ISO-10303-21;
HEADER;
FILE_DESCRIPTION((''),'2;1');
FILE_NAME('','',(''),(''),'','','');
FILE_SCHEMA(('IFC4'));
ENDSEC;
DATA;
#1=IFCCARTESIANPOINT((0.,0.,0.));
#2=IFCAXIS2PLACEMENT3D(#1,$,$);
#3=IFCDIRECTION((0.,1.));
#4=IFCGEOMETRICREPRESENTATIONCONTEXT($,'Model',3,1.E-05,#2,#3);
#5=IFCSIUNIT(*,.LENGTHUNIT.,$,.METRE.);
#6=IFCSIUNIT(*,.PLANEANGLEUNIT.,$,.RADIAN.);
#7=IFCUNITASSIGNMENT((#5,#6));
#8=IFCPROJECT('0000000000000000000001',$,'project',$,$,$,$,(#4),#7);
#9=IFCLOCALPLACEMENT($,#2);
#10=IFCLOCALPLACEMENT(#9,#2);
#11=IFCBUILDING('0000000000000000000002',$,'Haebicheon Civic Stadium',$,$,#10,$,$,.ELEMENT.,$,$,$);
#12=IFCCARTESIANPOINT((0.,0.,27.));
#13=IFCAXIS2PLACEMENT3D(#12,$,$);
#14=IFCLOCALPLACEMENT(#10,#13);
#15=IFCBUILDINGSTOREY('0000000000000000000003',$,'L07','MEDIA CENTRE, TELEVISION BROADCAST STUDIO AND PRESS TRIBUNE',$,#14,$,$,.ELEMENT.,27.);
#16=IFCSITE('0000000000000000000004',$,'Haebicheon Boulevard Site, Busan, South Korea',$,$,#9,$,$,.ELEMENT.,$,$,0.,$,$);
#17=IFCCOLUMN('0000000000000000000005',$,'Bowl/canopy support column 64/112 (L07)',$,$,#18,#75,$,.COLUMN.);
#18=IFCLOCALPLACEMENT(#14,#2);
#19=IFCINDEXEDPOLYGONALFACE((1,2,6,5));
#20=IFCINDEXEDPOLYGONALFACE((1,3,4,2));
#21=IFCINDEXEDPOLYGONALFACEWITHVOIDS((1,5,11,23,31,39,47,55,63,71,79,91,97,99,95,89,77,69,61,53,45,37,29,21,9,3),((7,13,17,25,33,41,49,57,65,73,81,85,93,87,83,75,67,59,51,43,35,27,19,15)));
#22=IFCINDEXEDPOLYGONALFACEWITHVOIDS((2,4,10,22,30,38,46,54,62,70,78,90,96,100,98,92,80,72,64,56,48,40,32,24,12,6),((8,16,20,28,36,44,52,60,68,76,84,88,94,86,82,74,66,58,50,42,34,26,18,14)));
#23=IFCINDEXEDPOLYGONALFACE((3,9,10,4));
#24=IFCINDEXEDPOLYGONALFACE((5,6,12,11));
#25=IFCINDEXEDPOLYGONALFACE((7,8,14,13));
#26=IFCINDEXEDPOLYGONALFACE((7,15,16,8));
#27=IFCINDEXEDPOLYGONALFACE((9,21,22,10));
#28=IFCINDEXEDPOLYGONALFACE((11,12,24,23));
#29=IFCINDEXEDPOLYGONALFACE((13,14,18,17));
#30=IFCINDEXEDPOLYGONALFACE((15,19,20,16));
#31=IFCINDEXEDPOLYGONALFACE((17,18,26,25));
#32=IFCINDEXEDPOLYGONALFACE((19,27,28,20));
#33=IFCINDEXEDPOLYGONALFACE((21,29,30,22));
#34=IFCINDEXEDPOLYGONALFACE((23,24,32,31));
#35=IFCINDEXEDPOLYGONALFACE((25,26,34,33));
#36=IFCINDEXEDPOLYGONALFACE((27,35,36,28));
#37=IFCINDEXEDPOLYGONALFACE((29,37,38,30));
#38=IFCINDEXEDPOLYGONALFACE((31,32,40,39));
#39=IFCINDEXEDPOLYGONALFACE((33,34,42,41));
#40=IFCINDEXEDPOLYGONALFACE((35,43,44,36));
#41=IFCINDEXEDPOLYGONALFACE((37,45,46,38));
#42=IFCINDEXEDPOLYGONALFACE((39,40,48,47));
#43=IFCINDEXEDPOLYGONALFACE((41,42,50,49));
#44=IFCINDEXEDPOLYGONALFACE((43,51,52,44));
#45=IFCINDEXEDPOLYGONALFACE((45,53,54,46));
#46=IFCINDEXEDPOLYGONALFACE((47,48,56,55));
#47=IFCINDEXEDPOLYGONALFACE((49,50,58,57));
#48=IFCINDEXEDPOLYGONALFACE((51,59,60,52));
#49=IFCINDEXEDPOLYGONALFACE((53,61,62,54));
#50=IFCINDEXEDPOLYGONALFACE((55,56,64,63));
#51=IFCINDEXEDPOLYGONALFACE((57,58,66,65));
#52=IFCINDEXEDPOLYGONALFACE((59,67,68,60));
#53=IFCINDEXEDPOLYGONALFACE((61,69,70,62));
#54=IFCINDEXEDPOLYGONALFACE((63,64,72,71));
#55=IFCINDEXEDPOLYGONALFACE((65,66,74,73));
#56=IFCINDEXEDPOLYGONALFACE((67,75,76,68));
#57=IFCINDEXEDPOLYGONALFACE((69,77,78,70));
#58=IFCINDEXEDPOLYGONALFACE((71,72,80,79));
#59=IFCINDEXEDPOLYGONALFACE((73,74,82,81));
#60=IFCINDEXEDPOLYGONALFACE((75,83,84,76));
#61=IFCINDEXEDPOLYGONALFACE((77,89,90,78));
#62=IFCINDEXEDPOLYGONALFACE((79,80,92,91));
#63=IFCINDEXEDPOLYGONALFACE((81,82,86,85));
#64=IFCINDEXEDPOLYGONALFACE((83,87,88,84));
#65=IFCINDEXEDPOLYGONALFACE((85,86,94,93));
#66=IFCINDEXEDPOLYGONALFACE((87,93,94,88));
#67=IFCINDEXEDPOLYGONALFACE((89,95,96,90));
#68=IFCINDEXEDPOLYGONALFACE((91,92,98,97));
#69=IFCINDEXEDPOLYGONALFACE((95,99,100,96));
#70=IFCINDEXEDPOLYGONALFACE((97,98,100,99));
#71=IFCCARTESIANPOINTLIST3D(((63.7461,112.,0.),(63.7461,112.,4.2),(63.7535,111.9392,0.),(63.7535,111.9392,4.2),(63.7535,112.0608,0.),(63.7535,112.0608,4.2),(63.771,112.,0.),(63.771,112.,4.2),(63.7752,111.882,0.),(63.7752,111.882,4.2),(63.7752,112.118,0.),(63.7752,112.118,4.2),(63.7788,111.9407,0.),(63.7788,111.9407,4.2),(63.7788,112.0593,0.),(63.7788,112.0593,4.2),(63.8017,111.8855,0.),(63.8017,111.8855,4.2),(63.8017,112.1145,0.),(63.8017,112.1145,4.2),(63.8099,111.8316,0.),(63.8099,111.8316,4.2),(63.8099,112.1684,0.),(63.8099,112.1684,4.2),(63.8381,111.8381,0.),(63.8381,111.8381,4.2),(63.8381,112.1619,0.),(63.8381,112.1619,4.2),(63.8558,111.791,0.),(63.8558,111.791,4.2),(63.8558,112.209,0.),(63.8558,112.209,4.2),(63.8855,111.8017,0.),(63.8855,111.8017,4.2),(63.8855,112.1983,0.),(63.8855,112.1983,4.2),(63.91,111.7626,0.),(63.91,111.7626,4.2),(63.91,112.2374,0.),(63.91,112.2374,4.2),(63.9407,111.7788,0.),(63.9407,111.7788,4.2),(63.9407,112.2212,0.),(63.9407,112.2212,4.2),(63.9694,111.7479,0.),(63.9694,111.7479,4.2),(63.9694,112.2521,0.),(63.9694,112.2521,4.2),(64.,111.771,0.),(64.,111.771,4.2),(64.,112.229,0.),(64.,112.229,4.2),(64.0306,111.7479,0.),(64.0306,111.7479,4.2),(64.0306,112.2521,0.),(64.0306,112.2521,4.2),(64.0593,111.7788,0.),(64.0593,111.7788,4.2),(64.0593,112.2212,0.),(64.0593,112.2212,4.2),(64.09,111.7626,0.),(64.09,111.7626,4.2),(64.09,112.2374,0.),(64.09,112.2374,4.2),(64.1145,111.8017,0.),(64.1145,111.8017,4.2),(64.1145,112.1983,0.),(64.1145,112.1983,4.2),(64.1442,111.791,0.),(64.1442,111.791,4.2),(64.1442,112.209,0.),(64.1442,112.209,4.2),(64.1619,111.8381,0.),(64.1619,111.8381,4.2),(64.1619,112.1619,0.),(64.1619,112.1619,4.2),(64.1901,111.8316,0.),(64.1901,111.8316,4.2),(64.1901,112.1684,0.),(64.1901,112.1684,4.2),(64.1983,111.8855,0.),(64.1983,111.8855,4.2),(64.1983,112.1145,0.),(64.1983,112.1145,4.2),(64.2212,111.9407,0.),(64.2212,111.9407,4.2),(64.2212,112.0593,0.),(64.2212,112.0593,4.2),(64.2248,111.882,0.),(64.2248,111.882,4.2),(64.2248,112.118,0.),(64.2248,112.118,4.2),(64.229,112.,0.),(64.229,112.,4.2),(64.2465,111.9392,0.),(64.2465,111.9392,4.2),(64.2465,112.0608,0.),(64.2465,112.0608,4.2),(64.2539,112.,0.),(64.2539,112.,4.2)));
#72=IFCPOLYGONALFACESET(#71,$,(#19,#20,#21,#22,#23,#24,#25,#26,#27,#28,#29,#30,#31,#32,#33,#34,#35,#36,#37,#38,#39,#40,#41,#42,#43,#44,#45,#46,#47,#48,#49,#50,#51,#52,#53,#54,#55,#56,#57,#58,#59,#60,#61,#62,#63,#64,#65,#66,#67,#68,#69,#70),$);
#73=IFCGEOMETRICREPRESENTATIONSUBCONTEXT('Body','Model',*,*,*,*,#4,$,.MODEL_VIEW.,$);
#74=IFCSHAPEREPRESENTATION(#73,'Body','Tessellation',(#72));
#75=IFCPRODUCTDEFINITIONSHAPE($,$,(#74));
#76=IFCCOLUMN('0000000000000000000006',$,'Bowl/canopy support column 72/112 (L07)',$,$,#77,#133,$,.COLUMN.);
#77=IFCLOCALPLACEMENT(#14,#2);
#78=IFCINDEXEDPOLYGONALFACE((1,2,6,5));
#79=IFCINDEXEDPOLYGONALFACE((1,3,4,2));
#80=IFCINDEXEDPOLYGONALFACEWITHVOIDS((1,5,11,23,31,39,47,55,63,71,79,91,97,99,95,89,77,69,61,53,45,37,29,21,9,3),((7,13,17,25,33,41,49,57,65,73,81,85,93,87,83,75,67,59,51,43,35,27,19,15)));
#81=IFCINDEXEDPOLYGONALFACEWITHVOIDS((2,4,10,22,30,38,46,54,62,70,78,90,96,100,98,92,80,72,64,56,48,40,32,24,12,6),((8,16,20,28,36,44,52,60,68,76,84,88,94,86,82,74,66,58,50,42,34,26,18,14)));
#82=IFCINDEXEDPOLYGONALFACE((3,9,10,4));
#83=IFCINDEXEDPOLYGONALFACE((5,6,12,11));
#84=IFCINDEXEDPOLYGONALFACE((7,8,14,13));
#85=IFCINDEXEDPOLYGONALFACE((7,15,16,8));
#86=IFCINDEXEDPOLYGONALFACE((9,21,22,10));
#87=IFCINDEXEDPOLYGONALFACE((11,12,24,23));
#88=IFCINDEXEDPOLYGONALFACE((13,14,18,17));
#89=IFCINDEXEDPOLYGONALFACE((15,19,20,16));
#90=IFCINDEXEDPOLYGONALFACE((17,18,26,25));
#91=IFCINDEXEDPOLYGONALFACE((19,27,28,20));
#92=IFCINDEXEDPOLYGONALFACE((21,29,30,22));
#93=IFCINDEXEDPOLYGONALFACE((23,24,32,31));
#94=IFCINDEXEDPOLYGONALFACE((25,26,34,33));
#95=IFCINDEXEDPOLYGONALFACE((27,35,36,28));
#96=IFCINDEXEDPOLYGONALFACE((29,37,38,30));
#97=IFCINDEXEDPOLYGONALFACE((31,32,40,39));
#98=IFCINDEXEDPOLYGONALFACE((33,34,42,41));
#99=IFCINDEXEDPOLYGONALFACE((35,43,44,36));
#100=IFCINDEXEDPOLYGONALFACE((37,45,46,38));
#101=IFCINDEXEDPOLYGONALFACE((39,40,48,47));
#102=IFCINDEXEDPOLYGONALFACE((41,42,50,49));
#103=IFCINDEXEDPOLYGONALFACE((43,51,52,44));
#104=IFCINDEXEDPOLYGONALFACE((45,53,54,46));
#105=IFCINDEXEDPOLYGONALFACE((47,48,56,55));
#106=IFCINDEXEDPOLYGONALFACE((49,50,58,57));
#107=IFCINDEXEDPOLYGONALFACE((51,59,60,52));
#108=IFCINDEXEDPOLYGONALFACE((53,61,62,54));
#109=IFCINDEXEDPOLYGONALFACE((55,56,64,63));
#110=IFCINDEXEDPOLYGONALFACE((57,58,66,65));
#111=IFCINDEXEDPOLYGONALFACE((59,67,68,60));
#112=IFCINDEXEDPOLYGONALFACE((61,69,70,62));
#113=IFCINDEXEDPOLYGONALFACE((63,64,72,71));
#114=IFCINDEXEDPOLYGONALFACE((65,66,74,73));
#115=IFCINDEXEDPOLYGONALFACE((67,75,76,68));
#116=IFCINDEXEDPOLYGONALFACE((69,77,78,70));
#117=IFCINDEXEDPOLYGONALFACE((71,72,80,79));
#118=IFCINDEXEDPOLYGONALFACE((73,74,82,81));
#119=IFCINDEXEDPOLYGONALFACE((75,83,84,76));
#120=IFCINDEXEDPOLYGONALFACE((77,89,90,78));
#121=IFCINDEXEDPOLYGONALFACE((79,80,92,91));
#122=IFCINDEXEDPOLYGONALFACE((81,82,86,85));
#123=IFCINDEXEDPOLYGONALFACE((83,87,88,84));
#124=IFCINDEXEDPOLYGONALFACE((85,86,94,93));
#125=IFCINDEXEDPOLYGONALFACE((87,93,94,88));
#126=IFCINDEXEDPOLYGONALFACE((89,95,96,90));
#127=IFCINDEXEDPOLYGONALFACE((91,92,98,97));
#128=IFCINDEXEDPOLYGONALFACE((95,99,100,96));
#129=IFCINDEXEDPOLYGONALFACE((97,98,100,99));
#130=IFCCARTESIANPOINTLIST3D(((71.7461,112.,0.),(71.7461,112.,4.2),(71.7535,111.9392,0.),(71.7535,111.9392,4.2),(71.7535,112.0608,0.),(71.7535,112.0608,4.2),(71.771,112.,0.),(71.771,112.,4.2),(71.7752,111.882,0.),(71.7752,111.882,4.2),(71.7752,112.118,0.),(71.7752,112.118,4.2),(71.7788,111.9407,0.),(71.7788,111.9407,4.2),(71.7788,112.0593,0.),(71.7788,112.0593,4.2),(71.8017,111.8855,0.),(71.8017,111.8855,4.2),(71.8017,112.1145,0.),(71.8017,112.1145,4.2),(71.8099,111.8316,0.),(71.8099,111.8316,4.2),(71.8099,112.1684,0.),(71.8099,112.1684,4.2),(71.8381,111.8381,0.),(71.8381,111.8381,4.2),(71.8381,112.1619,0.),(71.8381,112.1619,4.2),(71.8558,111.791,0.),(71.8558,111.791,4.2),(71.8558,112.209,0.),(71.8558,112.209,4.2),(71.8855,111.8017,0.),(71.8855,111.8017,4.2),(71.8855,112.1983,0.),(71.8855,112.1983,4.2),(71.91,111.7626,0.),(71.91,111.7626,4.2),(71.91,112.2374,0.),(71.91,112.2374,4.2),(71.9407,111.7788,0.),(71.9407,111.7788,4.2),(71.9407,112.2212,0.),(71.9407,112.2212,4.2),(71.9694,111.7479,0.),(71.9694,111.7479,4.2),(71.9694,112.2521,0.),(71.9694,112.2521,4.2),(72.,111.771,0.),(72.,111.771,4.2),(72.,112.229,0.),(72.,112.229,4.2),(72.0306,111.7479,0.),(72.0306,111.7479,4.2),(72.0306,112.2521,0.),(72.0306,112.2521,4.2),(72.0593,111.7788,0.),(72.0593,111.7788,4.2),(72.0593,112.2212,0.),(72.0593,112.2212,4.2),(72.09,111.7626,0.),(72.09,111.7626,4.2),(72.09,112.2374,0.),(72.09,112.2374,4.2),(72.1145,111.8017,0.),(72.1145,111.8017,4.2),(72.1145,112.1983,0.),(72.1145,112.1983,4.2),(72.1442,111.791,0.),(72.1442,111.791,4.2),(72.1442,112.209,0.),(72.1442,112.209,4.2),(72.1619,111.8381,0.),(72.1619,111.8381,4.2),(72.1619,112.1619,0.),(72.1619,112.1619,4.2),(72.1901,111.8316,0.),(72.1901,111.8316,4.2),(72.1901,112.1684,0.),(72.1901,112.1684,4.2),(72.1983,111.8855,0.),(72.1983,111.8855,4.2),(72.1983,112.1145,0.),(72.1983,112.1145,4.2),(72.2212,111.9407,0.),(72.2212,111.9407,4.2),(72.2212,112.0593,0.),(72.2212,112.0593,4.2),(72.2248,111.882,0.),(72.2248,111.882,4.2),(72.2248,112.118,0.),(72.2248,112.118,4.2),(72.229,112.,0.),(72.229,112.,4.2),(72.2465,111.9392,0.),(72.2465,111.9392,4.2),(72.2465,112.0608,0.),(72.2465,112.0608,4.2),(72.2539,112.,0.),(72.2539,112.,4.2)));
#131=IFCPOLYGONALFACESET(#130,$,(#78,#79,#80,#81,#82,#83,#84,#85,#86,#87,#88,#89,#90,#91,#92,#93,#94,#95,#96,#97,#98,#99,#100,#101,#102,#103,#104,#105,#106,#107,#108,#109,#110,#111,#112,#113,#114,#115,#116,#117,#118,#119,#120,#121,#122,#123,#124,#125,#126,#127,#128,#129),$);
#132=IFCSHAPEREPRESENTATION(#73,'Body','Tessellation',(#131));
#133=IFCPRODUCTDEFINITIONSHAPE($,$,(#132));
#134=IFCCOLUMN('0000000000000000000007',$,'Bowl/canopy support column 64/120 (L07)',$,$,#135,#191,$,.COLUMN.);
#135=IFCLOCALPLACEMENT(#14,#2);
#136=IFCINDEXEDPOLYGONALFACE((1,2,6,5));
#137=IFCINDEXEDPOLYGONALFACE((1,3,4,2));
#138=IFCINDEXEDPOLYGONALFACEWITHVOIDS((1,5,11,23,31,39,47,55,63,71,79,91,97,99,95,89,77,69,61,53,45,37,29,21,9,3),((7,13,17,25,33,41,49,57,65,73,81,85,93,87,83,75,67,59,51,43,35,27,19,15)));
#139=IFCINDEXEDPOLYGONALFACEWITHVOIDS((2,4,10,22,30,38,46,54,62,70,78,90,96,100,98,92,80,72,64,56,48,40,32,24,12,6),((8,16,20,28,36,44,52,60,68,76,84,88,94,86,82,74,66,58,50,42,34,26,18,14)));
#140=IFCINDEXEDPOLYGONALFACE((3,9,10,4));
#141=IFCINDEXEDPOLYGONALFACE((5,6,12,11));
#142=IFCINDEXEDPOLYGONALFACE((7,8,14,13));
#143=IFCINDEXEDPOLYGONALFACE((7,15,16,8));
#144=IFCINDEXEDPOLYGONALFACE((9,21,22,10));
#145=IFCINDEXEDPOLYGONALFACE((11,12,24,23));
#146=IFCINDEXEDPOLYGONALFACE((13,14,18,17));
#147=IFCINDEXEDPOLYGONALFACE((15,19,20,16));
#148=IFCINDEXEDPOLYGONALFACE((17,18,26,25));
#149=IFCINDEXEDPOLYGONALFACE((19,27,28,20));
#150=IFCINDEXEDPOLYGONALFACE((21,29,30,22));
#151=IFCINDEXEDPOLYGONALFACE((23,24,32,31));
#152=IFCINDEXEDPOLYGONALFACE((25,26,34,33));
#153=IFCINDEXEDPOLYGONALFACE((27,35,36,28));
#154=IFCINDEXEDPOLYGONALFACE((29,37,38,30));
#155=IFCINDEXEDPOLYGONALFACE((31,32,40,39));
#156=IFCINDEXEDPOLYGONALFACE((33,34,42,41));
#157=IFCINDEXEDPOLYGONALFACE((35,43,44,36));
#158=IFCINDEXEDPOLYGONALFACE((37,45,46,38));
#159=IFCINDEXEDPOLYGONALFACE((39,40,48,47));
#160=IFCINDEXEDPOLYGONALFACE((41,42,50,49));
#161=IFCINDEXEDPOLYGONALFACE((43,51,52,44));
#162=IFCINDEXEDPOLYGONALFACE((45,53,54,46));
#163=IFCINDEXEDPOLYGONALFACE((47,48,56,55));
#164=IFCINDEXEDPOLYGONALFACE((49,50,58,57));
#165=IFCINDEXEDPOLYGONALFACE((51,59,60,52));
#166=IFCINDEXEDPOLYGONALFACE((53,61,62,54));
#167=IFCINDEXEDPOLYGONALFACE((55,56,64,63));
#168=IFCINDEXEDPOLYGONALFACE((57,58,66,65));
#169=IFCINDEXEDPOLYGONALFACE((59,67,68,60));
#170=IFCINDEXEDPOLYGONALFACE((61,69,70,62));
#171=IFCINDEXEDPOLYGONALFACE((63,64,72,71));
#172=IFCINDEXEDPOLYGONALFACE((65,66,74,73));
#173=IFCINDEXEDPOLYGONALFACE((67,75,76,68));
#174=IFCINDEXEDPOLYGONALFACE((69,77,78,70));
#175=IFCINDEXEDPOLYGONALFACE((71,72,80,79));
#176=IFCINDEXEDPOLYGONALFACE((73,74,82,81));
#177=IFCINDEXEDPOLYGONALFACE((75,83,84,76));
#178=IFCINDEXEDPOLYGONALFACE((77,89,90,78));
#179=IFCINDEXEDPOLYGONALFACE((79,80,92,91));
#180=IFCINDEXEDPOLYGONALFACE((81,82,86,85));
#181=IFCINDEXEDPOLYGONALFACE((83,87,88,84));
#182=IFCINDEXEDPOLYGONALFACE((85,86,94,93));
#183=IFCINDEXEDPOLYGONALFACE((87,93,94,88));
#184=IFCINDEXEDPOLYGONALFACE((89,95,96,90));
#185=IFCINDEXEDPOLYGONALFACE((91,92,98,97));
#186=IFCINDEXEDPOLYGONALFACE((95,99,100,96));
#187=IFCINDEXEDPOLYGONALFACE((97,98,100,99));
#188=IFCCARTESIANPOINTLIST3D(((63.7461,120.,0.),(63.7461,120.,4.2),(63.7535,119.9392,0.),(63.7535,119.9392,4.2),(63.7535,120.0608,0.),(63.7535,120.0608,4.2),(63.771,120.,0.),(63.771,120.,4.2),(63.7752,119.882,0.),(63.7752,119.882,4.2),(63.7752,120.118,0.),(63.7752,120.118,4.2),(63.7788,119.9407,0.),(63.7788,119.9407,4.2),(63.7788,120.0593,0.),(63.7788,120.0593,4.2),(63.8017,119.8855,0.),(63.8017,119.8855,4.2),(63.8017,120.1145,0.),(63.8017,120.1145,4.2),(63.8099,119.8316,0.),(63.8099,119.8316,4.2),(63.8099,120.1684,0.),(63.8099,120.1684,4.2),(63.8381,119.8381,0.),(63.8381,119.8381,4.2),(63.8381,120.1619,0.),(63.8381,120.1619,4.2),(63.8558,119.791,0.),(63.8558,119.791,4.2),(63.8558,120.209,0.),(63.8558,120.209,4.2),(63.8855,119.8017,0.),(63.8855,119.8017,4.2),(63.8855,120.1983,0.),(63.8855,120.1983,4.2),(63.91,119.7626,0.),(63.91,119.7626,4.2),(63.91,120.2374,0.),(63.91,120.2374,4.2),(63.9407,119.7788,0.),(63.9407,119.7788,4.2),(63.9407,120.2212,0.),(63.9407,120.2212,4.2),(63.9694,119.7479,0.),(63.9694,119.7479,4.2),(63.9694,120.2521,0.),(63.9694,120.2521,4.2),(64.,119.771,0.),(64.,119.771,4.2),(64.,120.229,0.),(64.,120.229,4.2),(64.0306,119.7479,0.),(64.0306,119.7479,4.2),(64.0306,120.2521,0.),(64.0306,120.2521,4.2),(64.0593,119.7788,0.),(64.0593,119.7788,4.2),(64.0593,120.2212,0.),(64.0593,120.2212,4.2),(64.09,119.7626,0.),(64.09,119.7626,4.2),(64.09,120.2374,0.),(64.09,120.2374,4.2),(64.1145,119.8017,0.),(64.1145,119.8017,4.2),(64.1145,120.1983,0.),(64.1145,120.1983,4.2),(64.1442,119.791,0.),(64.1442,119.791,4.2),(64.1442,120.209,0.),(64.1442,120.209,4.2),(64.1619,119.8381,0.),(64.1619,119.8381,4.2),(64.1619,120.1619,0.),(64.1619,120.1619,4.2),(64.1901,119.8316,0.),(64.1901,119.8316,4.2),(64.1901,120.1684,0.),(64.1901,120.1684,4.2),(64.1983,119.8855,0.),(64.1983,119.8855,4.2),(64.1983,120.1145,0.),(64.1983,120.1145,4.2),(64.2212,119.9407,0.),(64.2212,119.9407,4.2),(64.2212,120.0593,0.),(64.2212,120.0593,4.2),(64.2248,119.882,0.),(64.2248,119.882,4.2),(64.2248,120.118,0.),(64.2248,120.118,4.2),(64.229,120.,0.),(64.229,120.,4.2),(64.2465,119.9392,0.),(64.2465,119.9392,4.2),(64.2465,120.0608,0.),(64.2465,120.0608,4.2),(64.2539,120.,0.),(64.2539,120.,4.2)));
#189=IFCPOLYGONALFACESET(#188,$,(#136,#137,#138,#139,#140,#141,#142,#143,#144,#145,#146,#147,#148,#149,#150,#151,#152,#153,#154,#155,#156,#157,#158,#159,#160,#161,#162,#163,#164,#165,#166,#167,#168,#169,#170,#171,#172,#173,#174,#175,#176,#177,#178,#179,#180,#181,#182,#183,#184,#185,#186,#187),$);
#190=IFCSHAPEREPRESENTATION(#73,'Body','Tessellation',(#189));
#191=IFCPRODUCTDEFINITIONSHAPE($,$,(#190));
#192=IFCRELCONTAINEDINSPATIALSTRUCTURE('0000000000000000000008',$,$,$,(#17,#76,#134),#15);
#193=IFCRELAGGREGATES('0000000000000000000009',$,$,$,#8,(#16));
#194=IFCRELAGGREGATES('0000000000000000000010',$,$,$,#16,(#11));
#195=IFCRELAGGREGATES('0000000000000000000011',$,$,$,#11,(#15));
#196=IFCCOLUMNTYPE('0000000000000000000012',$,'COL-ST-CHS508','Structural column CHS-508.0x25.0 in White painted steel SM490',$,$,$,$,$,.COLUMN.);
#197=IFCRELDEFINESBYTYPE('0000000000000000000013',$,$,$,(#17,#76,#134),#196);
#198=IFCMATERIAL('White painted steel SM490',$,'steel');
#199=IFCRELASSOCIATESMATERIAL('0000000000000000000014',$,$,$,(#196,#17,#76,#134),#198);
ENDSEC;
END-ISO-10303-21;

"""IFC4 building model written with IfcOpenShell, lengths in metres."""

from ifc_helpers import new_model, si_unit, direction, frame, origin, origin_2d, place, context, subcontext, project, spatial, hollow_circle, extrude, material, material_profile, profile_set, type_object, element, save


model = new_model("IFC4")

# Units and contexts
model_context = context("Model", 3, precision=1e-05, world=origin(), true_north=direction((0.0, 1.0)))
body_context = subcontext(model_context, "Body", "Model", "MODEL_VIEW")
ifc_project = project(units=[si_unit("LENGTHUNIT", "METRE"), si_unit("PLANEANGLEUNIT", "RADIAN")], contexts=[model_context])

# Site, building, storey
site_placement = place(None, origin())
site = spatial("IfcSite", under=ifc_project, at=site_placement, Name="Haebicheon Boulevard Site, Busan, South Korea", CompositionType="ELEMENT", RefElevation=0.0)
building_placement = place(site_placement, origin())
building = spatial("IfcBuilding", under=site, at=building_placement, Name="Haebicheon Civic Stadium", CompositionType="ELEMENT")
storey_placement = place(building_placement, frame((0.0, 0.0, 27.0)))
storey = spatial("IfcBuildingStorey", under=building, at=storey_placement, Name="L07", Description="MEDIA CENTRE, TELEVISION BROADCAST STUDIO AND PRESS TRIBUNE", CompositionType="ELEMENT", Elevation=27.0)

# Columns
ifc_material_1 = material(Name="White painted steel SM490", Category="steel")
ifc_material_profile = material_profile(ifc_material_1, hollow_circle(Radius=0.2539, WallThickness=0.0249, at=origin_2d()), Name="CHS-508.0x25.0")
ifc_profile_set = profile_set([ifc_material_profile], Name="White painted steel SM490")
column_type = type_object("IfcColumnType", Name="COL-ST-CHS508", Description="Structural column CHS-508.0x25.0 in White painted steel SM490", PredefinedType="COLUMN", material=ifc_profile_set)
for number, where, z_axis, x_axis, name in (
    (1, (64.0, 112.0, 0.0), (0.0, 0.0, 1.0), (1.0, 0.0, 0.0), "Bowl/canopy support column 64/112 (L07)"),
    (2, (72.0, 112.0, 0.0), (0.0, 0.0, 1.0), (1.0, 0.0, 0.0), "Bowl/canopy support column 72/112 (L07)"),
    (3, (64.0, 120.0, 0.0), (0.0, 0.0, 1.0), (1.0, 0.0, 0.0), "Bowl/canopy support column 64/120 (L07)"),
):
    element("IfcColumn", number, at=place(storey_placement, frame(where, z_axis=z_axis, x_axis=x_axis)), inside=storey, type_object=column_type, material=ifc_profile_set, Name=name, PredefinedType="COLUMN", context=body_context, shape_type="SweptSolid", body=[
        extrude(hollow_circle(Radius=0.2539, WallThickness=0.0249, at=origin_2d()), origin(), (0.0, 0.0, 1.0), 4.2),
    ])

save(model, "model.ifc")
